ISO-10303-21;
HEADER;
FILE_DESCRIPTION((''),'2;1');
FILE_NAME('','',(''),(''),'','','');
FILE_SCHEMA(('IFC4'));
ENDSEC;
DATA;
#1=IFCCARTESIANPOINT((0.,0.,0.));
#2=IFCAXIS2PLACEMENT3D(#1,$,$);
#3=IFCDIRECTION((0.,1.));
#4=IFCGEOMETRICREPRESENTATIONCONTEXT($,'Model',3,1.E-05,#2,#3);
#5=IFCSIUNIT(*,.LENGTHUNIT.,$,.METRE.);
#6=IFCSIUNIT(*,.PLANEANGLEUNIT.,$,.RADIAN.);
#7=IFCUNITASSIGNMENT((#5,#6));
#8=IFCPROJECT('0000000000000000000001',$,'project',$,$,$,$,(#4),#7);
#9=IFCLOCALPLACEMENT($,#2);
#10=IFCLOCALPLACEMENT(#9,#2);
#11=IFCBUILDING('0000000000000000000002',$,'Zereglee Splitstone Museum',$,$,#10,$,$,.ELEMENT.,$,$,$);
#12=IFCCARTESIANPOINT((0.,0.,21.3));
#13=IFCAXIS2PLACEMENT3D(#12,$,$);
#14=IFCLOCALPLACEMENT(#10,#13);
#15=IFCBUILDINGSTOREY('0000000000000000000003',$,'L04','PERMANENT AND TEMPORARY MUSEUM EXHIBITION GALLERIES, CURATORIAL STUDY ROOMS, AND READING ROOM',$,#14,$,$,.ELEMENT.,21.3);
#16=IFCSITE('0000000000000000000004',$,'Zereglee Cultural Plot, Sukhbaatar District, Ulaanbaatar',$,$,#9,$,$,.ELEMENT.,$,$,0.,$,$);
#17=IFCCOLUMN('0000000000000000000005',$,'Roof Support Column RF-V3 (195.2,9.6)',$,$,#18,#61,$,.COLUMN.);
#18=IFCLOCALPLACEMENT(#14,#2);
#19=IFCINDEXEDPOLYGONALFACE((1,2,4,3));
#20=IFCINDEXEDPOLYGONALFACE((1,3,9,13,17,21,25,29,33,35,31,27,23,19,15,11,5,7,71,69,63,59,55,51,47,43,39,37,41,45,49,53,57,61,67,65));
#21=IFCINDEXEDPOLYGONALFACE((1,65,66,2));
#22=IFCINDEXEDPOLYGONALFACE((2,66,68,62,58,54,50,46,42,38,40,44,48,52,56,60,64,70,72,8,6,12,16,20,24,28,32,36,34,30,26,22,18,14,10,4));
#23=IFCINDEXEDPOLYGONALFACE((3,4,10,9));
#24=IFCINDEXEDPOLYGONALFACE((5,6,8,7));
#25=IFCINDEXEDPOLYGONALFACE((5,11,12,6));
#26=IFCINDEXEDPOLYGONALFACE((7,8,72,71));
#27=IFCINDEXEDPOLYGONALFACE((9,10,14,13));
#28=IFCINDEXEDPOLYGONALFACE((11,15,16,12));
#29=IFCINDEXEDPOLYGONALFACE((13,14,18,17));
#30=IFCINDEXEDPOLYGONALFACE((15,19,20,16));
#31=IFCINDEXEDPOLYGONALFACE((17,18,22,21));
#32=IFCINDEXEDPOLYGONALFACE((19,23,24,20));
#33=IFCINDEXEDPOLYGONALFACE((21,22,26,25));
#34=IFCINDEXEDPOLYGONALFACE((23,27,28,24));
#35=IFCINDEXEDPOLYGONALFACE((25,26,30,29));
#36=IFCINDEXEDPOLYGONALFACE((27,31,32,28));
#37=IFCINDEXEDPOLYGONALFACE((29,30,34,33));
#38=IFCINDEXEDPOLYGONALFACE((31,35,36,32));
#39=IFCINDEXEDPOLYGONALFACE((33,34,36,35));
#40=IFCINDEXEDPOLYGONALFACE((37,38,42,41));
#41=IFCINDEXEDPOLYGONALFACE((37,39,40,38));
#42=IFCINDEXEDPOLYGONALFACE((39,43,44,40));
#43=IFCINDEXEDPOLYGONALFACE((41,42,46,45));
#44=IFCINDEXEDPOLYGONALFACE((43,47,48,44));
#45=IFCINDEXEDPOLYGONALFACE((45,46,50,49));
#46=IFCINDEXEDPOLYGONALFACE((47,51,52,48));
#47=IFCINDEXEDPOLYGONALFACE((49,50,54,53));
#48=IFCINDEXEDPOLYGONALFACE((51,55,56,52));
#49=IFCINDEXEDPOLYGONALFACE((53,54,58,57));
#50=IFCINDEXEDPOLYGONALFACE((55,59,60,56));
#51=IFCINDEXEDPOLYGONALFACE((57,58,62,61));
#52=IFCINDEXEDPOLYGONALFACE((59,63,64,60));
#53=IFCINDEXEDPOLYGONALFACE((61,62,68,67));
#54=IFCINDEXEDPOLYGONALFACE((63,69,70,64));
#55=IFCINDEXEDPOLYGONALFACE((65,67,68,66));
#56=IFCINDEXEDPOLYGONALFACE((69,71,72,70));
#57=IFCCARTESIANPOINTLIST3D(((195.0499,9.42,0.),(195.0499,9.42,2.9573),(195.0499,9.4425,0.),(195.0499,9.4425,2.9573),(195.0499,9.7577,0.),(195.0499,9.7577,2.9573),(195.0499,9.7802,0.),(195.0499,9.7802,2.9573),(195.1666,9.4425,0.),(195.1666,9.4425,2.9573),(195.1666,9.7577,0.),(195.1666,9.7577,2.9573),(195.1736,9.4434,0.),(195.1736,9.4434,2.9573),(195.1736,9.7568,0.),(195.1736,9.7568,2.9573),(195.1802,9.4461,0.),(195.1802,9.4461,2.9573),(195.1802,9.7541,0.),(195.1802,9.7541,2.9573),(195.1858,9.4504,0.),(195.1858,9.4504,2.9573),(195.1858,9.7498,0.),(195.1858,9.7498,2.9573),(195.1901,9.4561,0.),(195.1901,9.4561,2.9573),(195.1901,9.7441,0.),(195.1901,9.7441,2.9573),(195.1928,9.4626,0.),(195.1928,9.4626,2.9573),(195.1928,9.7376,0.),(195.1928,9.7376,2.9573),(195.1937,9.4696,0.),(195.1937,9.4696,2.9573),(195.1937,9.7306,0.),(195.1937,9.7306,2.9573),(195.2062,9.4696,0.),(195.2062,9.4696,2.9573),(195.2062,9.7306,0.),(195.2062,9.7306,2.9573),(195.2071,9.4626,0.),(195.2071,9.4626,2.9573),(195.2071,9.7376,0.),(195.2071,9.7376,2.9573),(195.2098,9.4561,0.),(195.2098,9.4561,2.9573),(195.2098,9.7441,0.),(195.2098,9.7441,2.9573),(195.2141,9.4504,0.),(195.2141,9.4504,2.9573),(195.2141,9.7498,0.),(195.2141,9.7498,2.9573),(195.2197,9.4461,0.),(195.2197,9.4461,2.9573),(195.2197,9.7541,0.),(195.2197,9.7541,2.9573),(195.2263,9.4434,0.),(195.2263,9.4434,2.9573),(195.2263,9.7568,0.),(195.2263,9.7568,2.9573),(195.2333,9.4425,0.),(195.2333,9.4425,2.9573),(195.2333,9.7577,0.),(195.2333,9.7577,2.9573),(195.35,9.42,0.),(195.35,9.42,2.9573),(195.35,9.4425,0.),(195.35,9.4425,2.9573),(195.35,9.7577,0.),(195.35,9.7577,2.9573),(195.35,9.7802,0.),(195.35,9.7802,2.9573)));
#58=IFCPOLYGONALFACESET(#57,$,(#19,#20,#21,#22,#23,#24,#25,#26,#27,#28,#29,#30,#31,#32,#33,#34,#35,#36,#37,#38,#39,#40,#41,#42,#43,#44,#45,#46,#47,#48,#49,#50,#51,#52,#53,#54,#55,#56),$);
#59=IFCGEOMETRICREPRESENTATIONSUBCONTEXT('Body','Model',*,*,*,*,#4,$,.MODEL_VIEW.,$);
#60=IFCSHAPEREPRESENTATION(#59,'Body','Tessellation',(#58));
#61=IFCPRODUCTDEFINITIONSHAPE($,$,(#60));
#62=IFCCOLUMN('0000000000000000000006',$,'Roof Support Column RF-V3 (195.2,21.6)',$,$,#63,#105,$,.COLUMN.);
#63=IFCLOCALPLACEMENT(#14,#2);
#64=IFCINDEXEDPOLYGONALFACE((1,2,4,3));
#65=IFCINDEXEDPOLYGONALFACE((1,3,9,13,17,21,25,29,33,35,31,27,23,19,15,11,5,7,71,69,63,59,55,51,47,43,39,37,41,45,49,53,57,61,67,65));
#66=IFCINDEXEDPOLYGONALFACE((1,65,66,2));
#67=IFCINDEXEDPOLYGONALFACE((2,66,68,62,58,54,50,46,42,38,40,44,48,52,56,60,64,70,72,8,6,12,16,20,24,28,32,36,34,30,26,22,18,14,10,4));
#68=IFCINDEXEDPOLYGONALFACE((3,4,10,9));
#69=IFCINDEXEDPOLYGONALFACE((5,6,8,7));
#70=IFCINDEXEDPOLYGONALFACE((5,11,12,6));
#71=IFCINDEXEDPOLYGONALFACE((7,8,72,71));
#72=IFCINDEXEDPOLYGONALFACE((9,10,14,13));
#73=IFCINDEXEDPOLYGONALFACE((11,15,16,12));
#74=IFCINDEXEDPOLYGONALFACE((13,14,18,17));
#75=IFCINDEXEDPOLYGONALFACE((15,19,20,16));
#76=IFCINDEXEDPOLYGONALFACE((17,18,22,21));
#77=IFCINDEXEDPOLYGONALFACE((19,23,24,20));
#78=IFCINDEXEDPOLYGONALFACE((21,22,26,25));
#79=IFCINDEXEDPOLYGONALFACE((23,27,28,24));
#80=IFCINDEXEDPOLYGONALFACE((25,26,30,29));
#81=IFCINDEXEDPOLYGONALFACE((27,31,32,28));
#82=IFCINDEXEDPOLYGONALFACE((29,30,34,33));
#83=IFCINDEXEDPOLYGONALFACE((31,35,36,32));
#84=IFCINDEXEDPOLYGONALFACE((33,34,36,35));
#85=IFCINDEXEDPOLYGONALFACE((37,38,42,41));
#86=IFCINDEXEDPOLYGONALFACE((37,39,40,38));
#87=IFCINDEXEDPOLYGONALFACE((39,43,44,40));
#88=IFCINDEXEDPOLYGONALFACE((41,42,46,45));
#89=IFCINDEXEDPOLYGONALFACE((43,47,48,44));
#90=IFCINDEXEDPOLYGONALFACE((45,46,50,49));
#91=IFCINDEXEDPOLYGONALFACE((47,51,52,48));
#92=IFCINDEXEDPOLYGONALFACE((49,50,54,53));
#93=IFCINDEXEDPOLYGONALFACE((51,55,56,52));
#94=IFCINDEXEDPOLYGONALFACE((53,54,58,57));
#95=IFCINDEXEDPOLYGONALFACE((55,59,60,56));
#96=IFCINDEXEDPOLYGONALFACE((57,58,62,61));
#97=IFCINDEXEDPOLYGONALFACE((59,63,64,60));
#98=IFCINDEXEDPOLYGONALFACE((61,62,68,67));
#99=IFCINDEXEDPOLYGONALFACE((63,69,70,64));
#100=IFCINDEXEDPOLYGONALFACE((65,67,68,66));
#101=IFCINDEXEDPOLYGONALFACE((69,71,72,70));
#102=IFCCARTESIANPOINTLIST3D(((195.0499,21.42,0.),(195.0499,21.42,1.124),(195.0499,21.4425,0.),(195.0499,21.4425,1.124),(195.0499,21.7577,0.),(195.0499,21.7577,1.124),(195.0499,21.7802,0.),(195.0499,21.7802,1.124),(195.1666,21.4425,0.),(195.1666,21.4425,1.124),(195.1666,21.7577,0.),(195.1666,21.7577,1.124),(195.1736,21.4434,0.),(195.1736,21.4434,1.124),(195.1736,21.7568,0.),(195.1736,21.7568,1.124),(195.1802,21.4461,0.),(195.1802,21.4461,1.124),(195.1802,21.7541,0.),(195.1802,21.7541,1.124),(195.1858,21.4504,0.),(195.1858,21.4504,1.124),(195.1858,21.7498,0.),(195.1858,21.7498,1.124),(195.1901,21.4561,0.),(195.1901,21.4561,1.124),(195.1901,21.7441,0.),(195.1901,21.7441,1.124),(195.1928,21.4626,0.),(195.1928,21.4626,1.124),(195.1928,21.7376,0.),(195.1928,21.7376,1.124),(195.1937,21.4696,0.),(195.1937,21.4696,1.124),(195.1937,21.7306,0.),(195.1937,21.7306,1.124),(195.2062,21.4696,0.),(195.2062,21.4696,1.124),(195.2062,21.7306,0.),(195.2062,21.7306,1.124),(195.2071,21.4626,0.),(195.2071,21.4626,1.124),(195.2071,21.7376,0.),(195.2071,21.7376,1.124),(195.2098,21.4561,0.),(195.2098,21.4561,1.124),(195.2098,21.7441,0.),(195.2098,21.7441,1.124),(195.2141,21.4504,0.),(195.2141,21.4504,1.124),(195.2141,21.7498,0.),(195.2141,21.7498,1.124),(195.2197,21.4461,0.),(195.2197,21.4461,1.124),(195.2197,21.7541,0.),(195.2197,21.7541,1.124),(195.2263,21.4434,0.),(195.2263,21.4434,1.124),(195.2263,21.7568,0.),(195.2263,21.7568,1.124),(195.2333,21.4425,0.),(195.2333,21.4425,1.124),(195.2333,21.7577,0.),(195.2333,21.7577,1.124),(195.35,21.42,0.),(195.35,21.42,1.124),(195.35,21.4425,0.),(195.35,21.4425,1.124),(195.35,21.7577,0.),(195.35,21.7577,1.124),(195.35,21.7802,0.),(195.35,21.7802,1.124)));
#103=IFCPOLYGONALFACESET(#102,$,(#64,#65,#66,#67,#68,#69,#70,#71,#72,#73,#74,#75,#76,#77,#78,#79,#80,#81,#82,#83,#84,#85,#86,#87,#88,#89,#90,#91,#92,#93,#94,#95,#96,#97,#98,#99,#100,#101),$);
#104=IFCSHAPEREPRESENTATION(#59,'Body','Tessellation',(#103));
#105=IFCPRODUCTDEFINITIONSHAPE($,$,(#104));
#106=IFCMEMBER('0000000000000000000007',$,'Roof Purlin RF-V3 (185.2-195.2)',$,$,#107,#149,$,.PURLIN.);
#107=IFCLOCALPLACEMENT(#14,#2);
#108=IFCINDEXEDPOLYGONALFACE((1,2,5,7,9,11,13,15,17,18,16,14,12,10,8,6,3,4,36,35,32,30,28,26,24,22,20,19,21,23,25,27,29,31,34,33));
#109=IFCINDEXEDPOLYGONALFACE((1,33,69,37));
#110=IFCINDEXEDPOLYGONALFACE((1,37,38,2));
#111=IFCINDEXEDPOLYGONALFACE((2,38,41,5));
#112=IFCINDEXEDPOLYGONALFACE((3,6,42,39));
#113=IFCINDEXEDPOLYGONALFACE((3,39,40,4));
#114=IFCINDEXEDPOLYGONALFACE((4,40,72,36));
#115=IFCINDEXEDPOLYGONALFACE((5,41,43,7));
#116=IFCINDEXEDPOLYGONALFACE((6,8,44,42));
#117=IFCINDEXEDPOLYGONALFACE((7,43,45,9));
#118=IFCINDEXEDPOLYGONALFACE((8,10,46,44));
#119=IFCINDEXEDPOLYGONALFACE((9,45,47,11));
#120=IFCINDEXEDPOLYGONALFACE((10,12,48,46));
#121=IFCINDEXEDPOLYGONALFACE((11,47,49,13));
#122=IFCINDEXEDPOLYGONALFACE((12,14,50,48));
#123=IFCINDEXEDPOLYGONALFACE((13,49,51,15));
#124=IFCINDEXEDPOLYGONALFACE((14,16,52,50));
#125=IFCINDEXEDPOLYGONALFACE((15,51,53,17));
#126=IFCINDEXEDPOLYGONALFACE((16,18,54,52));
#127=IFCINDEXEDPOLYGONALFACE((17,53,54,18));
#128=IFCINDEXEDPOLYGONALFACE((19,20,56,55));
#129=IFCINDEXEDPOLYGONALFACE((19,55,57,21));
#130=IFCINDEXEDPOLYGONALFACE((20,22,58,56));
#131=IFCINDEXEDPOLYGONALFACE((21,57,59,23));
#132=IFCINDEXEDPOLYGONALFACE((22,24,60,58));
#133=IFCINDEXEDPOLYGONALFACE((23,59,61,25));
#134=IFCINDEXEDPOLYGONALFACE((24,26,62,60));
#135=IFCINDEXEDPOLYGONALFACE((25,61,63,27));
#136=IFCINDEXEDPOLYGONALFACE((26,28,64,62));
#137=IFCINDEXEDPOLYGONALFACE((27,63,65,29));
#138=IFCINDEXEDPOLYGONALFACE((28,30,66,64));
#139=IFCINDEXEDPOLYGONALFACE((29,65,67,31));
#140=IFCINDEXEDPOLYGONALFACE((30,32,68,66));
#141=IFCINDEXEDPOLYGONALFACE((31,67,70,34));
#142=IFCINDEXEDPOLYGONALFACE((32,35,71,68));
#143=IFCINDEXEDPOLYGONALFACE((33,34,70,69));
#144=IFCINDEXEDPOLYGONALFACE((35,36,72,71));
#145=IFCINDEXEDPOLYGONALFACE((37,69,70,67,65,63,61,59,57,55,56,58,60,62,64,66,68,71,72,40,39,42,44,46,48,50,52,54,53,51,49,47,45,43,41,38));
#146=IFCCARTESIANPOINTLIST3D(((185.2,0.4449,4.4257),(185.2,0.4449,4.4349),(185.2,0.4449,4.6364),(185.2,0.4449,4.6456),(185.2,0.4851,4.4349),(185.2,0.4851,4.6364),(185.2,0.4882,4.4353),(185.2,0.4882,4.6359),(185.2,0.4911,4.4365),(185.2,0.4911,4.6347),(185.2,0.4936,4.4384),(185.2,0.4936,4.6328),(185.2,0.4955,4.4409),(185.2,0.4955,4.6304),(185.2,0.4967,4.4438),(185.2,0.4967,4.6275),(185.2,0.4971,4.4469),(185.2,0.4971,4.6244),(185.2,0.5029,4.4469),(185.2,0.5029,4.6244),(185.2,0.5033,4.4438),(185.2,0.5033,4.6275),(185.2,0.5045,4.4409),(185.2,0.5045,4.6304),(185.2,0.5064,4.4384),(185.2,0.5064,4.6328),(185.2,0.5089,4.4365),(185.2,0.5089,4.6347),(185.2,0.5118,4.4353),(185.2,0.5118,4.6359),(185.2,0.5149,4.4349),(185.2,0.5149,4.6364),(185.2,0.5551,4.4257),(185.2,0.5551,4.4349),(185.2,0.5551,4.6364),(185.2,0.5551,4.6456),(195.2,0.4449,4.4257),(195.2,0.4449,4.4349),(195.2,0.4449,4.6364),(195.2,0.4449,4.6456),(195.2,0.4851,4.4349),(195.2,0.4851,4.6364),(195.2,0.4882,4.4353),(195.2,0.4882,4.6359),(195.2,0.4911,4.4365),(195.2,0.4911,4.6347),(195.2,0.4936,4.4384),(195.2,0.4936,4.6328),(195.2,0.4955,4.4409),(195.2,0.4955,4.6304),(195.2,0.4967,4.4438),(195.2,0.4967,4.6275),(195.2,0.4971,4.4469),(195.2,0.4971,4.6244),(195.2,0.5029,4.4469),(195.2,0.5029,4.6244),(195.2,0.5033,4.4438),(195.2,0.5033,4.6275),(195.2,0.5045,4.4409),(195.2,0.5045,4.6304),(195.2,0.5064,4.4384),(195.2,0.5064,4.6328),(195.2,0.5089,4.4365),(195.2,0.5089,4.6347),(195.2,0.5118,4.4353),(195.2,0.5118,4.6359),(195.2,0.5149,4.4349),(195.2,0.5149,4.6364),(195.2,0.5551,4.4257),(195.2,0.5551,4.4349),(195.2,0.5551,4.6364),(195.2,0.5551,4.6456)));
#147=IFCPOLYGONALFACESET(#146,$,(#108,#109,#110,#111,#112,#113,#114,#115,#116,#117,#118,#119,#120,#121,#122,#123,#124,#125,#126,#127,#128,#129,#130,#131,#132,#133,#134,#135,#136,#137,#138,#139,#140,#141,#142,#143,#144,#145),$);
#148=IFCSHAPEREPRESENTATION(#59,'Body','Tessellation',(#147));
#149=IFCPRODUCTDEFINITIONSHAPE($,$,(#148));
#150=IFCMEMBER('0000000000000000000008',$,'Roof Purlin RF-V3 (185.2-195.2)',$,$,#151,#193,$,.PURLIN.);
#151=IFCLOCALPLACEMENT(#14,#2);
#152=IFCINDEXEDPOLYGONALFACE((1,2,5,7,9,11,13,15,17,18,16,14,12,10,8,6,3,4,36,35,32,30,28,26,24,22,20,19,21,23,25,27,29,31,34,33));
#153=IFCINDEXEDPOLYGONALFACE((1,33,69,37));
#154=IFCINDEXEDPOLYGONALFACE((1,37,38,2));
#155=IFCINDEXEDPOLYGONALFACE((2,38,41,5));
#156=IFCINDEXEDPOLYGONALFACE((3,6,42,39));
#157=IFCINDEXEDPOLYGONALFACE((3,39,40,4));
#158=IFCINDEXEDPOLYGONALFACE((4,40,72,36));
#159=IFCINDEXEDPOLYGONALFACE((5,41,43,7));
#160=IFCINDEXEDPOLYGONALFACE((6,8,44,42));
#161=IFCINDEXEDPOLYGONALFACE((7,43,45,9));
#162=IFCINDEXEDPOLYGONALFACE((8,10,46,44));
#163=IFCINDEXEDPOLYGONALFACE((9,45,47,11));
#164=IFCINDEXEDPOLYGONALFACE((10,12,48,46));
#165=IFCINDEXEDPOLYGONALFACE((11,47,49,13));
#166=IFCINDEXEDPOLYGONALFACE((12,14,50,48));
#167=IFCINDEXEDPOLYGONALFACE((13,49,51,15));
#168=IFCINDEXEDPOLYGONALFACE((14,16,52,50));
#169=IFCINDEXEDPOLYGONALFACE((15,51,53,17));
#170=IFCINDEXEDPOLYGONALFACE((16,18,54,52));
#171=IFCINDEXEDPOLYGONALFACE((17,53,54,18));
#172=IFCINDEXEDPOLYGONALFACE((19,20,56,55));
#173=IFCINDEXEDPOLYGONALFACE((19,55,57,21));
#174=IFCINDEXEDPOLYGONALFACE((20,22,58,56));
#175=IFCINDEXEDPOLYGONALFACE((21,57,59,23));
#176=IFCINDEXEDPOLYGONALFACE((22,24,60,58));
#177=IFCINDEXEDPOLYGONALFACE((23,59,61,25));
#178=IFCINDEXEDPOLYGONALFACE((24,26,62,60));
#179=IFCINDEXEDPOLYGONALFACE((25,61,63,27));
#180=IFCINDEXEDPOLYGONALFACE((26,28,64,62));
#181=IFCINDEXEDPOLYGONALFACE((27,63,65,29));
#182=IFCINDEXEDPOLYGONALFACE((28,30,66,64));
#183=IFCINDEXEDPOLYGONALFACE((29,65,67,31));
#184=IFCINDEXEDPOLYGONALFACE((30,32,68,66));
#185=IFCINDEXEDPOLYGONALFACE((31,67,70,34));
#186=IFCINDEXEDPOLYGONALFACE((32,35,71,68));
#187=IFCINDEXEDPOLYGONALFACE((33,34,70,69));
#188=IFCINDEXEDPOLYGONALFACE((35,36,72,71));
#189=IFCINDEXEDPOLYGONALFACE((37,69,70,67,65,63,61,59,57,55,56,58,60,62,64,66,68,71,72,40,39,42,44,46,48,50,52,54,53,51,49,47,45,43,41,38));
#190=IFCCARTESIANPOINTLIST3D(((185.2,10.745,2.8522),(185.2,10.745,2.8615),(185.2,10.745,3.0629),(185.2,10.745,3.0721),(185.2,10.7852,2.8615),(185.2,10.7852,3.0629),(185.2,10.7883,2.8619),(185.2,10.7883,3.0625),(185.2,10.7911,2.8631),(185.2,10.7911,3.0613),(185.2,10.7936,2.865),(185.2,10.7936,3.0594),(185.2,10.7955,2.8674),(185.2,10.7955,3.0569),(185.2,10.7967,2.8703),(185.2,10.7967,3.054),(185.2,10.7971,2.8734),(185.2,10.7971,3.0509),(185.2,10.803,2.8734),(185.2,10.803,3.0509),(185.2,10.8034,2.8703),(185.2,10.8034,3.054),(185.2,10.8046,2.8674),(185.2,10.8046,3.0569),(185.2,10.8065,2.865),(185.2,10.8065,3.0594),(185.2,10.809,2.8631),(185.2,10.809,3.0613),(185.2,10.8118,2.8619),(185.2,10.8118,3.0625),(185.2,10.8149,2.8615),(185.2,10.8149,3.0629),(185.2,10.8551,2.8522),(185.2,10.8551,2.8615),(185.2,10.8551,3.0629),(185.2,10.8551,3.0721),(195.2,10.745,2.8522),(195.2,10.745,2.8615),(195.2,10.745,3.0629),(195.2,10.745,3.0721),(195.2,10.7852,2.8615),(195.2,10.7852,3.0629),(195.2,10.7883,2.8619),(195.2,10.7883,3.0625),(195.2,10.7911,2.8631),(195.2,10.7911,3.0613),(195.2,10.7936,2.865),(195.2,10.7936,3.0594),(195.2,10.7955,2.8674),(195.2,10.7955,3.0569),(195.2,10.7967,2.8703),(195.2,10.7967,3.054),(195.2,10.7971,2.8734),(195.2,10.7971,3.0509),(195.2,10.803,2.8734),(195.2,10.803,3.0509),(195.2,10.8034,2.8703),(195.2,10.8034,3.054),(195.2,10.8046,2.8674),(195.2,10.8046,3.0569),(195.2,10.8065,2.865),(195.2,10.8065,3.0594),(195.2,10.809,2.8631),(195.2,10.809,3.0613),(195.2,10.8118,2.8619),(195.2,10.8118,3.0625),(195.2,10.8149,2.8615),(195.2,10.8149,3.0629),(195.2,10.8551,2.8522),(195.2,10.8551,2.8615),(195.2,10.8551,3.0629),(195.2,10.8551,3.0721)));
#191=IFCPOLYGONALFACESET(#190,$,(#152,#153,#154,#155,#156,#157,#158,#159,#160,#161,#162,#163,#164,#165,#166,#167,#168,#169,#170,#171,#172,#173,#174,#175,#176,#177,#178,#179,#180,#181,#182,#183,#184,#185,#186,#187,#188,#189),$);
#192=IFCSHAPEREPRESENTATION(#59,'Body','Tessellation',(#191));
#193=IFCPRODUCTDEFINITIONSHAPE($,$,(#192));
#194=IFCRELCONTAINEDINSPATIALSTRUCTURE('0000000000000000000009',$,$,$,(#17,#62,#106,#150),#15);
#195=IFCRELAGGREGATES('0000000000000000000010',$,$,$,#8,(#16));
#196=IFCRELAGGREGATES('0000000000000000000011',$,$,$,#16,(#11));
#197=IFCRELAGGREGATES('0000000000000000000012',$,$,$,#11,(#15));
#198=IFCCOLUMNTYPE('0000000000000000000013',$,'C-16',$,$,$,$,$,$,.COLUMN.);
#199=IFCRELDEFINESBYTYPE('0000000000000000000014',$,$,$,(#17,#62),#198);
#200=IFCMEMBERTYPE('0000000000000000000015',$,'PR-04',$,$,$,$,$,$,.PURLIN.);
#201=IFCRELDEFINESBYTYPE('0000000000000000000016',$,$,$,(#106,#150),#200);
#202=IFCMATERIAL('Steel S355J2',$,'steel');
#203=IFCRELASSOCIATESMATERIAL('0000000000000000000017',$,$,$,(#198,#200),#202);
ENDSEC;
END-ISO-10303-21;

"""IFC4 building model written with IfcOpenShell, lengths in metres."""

from ifc_helpers import new_model, si_unit, direction, frame, origin, origin_2d, place, context, subcontext, project, spatial, i_section, extrude, material, material_profile, profile_set, type_object, element, save


model = new_model("IFC4")

# Units and contexts
model_context = context("Model", 3, precision=1e-05, world=origin(), true_north=direction((0.0, 1.0)))
body_context = subcontext(model_context, "Body", "Model", "MODEL_VIEW")
ifc_project = project(units=[si_unit("LENGTHUNIT", "METRE"), si_unit("PLANEANGLEUNIT", "RADIAN")], contexts=[model_context])

# Site, building, storey
site_placement = place(None, origin())
site = spatial("IfcSite", under=ifc_project, at=site_placement, Name="Zereglee Cultural Plot, Sukhbaatar District, Ulaanbaatar", CompositionType="ELEMENT", RefElevation=0.0)
building_placement = place(site_placement, origin())
building = spatial("IfcBuilding", under=site, at=building_placement, Name="Zereglee Splitstone Museum", CompositionType="ELEMENT")
storey_placement = place(building_placement, frame((0.0, 0.0, 21.3)))
storey = spatial("IfcBuildingStorey", under=building, at=storey_placement, Name="L04", Description="PERMANENT AND TEMPORARY MUSEUM EXHIBITION GALLERIES, CURATORIAL STUDY ROOMS, AND READING ROOM", CompositionType="ELEMENT", Elevation=21.3)

# Columns
ifc_material_1 = material(Name="Steel S355J2", Category="steel")
ifc_material_profile_1 = material_profile(ifc_material_1, i_section(OverallWidth=0.3, OverallDepth=0.3601, WebThickness=0.0125, FlangeThickness=0.0225, FilletRadius=0.0271, at=origin_2d()), Name="HE 360 B")
ifc_profile_set_1 = profile_set([ifc_material_profile_1], Name="Steel S355J2")
column_type = type_object("IfcColumnType", Name="C-16", PredefinedType="COLUMN", material=ifc_profile_set_1)
column_1_placement = place(storey_placement, frame((195.2, 9.6001, 0.0), z_axis=(0.0, 0.0, 1.0), x_axis=(1.0, 0.0, 0.0)))
element("IfcColumn", 1, at=column_1_placement, inside=storey, type_object=column_type, Name="Roof Support Column RF-V3 (195.2,9.6)", PredefinedType="COLUMN", context=body_context, shape_type="SweptSolid", body=[
    extrude(i_section(OverallWidth=0.3, OverallDepth=0.3601, WebThickness=0.0125, FlangeThickness=0.0225, FilletRadius=0.0271, at=origin_2d()), origin(), (0.0, 0.0, 1.0), 2.9573),
])
column_2_placement = place(storey_placement, frame((195.2, 21.6001, 0.0), z_axis=(0.0, 0.0, 1.0), x_axis=(1.0, 0.0, 0.0)))
element("IfcColumn", 2, at=column_2_placement, inside=storey, type_object=column_type, Name="Roof Support Column RF-V3 (195.2,21.6)", PredefinedType="COLUMN", context=body_context, shape_type="SweptSolid", body=[
    extrude(i_section(OverallWidth=0.3, OverallDepth=0.3601, WebThickness=0.0125, FlangeThickness=0.0225, FilletRadius=0.0271, at=origin_2d()), origin(), (0.0, 0.0, 1.0), 1.124),
])

# Members
ifc_material_profile_2 = material_profile(ifc_material_1, i_section(OverallWidth=0.1101, OverallDepth=0.22, WebThickness=0.0059, FlangeThickness=0.0093, FilletRadius=0.012, at=origin_2d()), Name="IPE 220")
ifc_profile_set_2 = profile_set([ifc_material_profile_2], Name="Steel S355J2")
member_type_1 = type_object("IfcMemberType", Name="PR-04", PredefinedType="PURLIN", material=ifc_profile_set_2)
for number, where, z_axis, x_axis, name in (
    (3, (185.2, 0.5, 4.5356), (1.0, 0.0, 0.0), (0.0, 1.0, 0.0), "Roof Purlin RF-V3 (185.2-195.2)"),
    (4, (185.2, 10.8, 2.9622), (1.0, 0.0, 0.0), (0.0, 1.0, 0.0), "Roof Purlin RF-V3 (185.2-195.2)"),
):
    element("IfcMember", number, at=place(storey_placement, frame(where, z_axis=z_axis, x_axis=x_axis)), inside=storey, type_object=member_type_1, Name=name, PredefinedType="PURLIN", context=body_context, shape_type="SweptSolid", body=[
        extrude(i_section(OverallWidth=0.1101, OverallDepth=0.22, WebThickness=0.0059, FlangeThickness=0.0093, FilletRadius=0.012, at=origin_2d()), origin(), (0.0, 0.0, 1.0), 10.0),
    ])

save(model, "model.ifc")
